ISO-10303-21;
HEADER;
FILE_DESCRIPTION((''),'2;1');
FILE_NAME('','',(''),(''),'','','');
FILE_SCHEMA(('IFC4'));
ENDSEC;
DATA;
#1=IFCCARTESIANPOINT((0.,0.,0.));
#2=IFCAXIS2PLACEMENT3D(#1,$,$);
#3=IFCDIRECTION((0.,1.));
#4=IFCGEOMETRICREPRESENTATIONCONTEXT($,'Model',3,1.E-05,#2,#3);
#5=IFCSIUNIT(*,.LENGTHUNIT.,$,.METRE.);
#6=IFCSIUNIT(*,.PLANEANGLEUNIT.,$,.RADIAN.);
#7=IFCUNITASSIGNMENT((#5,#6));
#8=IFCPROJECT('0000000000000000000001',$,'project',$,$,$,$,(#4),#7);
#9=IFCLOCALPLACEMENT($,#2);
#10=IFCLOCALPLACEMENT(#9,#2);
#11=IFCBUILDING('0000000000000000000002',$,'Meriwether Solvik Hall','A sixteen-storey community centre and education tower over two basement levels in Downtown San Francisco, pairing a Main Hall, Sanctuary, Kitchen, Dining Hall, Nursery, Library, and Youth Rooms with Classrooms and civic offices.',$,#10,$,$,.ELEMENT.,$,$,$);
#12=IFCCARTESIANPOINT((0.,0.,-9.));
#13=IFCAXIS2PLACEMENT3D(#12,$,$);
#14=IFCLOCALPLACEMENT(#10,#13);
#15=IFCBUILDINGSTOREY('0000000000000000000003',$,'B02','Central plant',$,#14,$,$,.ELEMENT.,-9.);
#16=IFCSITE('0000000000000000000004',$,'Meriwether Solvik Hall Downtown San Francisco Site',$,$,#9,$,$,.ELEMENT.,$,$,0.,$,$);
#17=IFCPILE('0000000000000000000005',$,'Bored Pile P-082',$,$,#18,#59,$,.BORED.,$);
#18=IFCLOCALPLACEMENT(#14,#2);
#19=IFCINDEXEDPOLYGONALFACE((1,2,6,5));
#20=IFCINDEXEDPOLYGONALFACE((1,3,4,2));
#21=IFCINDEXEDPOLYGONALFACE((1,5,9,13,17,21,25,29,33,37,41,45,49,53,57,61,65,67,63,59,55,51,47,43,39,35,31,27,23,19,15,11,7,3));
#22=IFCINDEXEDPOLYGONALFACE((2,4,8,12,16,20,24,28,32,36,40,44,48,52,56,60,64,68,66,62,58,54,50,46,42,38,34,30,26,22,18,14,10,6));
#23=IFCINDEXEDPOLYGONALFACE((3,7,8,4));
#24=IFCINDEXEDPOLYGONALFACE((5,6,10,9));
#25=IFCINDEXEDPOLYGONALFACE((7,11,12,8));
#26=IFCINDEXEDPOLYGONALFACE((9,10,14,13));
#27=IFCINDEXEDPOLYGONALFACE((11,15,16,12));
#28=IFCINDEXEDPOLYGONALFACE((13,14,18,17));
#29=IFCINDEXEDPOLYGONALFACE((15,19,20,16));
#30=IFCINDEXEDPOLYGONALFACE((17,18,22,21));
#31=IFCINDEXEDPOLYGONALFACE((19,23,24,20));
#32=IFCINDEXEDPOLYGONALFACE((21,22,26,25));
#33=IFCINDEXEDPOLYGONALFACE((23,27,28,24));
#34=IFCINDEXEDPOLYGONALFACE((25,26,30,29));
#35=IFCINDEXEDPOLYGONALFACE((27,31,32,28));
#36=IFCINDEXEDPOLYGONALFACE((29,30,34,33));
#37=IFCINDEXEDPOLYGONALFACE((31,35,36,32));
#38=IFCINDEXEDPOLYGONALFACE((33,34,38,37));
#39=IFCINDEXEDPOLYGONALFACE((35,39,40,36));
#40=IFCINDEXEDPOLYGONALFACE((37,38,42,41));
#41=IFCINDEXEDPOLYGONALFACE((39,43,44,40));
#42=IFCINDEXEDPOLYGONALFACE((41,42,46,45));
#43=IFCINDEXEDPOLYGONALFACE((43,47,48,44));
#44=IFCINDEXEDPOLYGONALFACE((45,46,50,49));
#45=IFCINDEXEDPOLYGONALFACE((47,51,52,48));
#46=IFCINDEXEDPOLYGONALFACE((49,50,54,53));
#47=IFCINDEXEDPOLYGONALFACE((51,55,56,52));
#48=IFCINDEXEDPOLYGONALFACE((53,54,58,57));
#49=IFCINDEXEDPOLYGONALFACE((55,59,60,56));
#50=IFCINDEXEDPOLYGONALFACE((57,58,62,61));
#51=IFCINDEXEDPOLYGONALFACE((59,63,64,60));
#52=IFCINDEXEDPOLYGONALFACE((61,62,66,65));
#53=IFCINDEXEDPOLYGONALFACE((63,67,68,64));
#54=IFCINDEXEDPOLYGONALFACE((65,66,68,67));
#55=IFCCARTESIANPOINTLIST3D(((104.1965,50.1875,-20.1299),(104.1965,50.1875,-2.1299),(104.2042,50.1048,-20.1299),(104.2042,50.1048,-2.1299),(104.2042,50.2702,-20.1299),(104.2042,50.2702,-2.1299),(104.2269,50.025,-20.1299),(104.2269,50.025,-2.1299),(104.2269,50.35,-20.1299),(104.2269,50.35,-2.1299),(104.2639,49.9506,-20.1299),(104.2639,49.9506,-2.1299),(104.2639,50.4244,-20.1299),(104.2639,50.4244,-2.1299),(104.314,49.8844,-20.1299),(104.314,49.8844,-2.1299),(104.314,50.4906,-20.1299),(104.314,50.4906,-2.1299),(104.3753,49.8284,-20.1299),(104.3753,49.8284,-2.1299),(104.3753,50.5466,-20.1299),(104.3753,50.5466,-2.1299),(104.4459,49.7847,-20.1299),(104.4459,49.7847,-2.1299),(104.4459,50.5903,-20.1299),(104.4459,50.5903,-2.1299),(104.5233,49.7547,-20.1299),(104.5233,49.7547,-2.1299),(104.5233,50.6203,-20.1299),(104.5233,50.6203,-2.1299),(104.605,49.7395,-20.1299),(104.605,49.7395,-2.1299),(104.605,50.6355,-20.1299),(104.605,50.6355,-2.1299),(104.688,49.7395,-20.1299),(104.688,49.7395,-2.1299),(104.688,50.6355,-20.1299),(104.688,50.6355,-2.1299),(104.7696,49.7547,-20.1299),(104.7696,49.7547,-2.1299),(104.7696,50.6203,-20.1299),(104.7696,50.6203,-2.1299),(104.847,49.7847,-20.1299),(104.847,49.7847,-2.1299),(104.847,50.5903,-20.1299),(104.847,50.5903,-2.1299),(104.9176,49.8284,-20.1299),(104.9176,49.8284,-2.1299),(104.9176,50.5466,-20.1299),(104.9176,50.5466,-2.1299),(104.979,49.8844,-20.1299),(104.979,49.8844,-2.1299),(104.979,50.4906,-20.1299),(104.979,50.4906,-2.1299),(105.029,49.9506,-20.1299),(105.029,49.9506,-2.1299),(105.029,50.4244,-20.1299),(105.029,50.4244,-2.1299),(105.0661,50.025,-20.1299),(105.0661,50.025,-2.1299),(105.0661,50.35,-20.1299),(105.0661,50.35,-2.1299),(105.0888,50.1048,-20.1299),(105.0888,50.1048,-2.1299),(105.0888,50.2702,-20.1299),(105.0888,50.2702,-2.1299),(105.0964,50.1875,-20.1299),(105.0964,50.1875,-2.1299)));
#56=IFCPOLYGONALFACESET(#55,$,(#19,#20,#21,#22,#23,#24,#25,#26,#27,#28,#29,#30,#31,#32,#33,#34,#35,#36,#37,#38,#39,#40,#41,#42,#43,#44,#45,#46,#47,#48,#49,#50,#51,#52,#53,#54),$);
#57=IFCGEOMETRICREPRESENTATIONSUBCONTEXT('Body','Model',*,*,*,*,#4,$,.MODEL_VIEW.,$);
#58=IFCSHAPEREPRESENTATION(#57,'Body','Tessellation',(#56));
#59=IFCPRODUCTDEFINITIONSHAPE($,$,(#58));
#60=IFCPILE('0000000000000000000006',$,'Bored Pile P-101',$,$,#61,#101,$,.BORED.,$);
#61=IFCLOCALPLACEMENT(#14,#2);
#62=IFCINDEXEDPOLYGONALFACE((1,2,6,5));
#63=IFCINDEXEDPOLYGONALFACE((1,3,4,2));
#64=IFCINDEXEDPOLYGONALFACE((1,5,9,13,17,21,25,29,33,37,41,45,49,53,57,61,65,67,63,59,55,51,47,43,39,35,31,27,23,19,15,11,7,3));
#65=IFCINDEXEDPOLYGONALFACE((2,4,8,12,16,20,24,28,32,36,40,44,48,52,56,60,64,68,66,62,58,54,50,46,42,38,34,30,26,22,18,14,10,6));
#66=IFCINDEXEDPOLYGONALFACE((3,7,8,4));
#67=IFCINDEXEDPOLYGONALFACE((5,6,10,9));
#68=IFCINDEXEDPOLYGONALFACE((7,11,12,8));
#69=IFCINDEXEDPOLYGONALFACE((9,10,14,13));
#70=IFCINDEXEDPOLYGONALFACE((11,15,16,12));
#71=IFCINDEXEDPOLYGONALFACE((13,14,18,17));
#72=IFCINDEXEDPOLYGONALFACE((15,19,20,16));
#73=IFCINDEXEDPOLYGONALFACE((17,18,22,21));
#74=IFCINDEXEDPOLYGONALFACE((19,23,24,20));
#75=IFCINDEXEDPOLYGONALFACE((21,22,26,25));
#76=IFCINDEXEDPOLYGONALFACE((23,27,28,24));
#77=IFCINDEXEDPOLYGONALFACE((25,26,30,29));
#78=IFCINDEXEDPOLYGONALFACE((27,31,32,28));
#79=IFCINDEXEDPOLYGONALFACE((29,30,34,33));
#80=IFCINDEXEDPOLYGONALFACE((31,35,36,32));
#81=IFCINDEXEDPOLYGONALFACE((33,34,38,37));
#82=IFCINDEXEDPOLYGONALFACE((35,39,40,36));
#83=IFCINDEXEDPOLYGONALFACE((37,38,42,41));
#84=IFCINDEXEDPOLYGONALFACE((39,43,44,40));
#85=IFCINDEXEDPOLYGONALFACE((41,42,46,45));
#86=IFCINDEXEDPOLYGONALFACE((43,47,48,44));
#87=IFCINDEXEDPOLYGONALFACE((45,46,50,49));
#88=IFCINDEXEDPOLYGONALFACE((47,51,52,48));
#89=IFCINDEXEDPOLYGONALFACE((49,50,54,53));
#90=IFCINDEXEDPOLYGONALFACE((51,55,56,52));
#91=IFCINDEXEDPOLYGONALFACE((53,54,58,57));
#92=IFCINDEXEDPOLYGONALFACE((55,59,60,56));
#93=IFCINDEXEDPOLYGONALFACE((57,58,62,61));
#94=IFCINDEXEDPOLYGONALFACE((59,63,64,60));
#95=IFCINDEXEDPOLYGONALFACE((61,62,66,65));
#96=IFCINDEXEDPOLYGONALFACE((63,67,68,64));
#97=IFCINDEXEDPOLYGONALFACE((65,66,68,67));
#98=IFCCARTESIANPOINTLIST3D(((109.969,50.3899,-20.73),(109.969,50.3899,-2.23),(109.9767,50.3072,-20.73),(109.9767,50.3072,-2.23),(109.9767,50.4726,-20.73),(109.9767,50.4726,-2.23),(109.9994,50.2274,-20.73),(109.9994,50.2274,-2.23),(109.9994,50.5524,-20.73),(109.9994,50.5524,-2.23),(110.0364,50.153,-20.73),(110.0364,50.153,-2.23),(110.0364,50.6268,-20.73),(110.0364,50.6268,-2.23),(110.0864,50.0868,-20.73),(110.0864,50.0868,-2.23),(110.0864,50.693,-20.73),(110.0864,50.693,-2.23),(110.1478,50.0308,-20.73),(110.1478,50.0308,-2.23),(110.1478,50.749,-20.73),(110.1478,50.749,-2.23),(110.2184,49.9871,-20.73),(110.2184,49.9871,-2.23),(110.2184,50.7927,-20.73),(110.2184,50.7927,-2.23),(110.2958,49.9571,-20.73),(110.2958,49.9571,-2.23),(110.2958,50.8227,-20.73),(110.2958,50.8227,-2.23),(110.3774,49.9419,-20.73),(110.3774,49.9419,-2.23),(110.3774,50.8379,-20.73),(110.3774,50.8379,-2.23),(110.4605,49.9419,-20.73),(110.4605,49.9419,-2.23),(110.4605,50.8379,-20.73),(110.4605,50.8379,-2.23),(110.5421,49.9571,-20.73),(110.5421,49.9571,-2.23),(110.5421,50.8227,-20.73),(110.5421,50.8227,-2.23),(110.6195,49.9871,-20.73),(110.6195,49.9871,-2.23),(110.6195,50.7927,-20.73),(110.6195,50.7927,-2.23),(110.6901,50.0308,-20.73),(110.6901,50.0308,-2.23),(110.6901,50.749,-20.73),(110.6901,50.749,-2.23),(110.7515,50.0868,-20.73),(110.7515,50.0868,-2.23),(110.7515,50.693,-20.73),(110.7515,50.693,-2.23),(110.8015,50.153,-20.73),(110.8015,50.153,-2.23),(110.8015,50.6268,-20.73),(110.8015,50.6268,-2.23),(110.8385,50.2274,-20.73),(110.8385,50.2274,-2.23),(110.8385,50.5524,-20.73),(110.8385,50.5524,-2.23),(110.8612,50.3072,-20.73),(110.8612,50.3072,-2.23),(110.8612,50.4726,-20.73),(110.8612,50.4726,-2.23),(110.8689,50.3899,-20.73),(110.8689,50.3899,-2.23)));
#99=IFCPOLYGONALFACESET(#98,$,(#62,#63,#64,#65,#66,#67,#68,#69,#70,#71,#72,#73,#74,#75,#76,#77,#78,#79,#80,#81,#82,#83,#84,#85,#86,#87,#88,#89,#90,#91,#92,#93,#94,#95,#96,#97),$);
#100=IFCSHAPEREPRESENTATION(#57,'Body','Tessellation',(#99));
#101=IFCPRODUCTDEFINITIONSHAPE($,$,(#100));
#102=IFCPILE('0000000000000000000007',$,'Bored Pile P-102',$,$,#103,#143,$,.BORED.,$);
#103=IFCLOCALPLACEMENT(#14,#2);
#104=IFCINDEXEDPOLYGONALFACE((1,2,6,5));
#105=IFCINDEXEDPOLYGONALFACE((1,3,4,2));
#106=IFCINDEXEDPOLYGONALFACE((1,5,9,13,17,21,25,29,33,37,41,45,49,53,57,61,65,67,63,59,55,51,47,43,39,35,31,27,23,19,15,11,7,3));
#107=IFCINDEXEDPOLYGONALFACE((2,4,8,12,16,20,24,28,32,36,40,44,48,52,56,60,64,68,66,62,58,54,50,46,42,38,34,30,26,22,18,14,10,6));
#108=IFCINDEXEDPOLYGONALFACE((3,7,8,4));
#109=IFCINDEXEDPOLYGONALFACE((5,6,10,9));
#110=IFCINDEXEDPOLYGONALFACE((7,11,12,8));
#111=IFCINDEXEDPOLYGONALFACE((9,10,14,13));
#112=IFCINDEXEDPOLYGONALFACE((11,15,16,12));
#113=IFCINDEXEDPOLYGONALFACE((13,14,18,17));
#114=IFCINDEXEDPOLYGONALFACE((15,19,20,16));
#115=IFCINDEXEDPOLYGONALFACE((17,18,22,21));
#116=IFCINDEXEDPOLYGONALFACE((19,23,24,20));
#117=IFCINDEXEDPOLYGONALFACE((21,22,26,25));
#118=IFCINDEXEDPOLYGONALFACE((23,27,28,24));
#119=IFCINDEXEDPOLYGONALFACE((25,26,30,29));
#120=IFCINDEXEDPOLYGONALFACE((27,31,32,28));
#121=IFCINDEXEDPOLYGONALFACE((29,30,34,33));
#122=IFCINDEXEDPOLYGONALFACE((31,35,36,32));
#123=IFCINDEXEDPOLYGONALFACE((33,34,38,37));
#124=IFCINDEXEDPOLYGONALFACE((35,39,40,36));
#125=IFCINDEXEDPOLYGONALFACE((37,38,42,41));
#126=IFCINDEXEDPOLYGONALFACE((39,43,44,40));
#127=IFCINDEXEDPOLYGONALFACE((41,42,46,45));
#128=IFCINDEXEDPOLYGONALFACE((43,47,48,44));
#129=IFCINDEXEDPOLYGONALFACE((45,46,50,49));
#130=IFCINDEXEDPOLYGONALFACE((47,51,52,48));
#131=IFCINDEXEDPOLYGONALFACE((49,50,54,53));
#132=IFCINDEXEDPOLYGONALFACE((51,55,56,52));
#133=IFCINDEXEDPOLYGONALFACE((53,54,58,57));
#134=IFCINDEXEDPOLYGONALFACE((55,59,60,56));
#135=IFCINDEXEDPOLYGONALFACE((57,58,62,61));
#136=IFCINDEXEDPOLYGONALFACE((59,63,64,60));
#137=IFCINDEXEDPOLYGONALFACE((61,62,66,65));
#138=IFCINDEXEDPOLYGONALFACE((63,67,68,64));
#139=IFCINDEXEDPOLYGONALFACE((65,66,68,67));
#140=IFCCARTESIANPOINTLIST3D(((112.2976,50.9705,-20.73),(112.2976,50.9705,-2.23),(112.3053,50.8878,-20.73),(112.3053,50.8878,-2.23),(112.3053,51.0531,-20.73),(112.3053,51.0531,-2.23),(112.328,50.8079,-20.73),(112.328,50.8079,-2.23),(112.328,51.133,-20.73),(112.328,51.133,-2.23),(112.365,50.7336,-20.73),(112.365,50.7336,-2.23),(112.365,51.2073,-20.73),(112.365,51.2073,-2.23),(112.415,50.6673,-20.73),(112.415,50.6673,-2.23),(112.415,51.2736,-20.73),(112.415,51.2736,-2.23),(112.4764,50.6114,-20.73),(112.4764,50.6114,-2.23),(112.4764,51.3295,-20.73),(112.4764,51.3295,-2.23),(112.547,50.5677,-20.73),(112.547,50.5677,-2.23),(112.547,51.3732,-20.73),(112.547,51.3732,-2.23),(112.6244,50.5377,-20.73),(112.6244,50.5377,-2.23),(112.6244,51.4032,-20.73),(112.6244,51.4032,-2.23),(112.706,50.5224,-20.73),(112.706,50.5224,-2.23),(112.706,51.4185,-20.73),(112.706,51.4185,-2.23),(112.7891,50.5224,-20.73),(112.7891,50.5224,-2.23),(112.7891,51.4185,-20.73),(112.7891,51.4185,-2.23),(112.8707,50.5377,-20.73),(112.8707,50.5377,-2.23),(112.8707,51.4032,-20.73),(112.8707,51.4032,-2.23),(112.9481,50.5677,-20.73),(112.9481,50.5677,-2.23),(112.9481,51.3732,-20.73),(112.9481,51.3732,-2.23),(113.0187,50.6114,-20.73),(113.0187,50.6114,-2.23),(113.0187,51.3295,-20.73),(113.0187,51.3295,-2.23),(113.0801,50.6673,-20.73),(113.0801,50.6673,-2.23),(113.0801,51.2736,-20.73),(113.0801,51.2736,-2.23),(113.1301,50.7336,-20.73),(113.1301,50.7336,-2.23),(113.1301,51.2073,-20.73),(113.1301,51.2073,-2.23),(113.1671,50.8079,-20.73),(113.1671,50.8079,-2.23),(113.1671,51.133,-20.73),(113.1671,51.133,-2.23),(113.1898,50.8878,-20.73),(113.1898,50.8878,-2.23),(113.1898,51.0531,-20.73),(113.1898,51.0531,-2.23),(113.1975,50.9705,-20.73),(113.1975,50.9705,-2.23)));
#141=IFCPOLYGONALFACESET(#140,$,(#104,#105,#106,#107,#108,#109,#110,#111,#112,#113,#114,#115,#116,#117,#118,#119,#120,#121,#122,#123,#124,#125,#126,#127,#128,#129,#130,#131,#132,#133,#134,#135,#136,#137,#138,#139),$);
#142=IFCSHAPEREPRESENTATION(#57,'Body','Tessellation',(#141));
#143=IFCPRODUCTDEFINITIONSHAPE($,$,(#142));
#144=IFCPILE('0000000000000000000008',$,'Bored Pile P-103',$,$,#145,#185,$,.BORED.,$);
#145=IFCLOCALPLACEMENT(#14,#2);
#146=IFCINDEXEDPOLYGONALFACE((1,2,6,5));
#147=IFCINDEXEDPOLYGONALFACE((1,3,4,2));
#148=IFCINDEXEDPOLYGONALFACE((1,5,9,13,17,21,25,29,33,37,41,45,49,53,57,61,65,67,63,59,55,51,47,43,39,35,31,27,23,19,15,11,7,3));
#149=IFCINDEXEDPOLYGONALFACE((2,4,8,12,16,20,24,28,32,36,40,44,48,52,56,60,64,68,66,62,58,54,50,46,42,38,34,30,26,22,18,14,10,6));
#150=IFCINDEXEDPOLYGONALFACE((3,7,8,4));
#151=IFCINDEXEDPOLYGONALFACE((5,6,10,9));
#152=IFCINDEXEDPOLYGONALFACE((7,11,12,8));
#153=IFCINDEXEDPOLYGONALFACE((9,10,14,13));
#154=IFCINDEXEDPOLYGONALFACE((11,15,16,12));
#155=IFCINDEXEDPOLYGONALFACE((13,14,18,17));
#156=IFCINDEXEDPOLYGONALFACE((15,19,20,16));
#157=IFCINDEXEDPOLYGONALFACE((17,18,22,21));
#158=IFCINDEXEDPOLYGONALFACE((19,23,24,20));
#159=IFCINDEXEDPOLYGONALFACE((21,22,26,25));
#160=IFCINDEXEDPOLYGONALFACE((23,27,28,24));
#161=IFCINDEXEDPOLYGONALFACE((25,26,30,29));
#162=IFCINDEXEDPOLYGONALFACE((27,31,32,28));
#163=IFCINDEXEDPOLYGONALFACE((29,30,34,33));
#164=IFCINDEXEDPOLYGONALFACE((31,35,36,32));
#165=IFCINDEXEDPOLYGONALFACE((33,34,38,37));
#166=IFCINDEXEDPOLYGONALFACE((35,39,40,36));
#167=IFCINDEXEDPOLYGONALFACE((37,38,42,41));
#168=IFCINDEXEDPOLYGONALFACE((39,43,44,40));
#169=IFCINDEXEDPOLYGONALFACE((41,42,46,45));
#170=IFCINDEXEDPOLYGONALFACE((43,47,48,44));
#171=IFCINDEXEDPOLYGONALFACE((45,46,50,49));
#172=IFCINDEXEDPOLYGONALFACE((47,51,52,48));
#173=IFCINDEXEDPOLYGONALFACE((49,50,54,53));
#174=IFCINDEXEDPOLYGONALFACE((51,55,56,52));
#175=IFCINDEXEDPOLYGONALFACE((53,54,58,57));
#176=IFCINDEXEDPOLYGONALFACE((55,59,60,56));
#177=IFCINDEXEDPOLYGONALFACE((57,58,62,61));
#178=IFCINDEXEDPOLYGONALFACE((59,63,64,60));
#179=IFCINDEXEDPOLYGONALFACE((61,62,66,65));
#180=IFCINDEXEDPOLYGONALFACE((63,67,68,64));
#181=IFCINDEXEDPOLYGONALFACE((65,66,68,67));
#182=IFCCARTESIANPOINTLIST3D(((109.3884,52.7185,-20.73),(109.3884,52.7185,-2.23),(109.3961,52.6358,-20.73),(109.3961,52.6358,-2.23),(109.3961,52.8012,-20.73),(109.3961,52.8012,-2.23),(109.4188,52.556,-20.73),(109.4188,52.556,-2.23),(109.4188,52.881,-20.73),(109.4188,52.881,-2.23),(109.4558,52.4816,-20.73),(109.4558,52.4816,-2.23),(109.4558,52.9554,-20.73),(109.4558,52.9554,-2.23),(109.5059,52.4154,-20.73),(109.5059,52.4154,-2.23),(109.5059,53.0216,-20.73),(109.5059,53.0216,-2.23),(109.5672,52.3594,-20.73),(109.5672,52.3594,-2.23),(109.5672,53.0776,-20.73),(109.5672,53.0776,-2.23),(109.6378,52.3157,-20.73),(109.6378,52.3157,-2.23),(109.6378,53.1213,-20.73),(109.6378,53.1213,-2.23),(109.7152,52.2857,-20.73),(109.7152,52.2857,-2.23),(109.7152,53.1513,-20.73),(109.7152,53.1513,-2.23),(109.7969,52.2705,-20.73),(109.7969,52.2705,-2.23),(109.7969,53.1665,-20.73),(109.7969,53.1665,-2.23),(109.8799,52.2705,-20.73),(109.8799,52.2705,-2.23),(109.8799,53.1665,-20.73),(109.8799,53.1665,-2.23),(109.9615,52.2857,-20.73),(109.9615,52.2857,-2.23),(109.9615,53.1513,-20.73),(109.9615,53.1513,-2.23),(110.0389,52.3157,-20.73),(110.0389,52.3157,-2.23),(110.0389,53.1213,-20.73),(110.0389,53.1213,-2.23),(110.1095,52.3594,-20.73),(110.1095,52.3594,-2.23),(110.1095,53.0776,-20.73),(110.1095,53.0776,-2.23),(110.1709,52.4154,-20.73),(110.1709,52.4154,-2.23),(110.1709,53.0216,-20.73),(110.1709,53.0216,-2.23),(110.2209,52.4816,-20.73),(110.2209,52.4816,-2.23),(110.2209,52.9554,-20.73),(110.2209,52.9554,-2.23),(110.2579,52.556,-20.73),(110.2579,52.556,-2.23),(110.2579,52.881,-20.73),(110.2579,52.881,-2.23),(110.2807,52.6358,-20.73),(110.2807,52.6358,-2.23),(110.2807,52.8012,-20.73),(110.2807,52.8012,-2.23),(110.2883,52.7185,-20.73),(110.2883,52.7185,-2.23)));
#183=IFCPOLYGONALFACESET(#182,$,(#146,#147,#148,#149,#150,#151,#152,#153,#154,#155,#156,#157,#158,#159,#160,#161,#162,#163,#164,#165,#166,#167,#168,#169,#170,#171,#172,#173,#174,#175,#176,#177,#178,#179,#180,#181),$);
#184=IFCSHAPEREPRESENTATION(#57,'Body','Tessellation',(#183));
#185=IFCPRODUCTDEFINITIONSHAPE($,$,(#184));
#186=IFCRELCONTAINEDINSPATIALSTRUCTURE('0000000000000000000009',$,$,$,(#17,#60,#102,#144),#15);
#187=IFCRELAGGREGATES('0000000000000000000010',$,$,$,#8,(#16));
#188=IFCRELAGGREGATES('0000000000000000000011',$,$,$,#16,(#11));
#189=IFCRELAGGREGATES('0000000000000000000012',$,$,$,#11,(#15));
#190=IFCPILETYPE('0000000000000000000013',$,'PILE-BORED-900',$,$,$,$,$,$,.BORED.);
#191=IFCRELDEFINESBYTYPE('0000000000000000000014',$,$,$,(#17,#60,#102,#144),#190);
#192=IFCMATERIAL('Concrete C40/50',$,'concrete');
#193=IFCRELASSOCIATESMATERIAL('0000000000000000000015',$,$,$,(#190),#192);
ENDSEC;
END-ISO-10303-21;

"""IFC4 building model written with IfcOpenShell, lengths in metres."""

from ifc_helpers import new_model, si_unit, direction, frame, origin, origin_2d, place, context, subcontext, project, spatial, circle, extrude, material, material_profile, profile_set, type_object, element, save


model = new_model("IFC4")

# Units and contexts
model_context = context("Model", 3, precision=1e-05, world=origin(), true_north=direction((0.0, 1.0)))
body_context = subcontext(model_context, "Body", "Model", "MODEL_VIEW")
ifc_project = project(units=[si_unit("LENGTHUNIT", "METRE"), si_unit("PLANEANGLEUNIT", "RADIAN")], contexts=[model_context])

# Site, building, storey
site_placement = place(None, origin())
site = spatial("IfcSite", under=ifc_project, at=site_placement, Name="Meriwether Solvik Hall Downtown San Francisco Site", CompositionType="ELEMENT", RefElevation=0.0)
building_placement = place(site_placement, origin())
building = spatial("IfcBuilding", under=site, at=building_placement, Name="Meriwether Solvik Hall", Description="A sixteen-storey community centre and education tower over two basement levels in Downtown San Francisco, pairing a Main Hall, Sanctuary, Kitchen, Dining Hall, Nursery, Library, and Youth Rooms with Classrooms and civic offices.", CompositionType="ELEMENT")
storey_placement = place(building_placement, frame((0.0, 0.0, -9.0)))
storey = spatial("IfcBuildingStorey", under=building, at=storey_placement, Name="B02", Description="Central plant", CompositionType="ELEMENT", Elevation=-9.0)

# Piles
ifc_material_1 = material(Name="Concrete C40/50", Category="concrete")
ifc_material_profile_1 = material_profile(ifc_material_1, circle(Radius=0.45, at=origin_2d()), Name="PILE-D900")
ifc_profile_set_1 = profile_set([ifc_material_profile_1], Name="Concrete C40/50")
pile_type_1 = type_object("IfcPileType", Name="PILE-BORED-900", PredefinedType="BORED", material=ifc_profile_set_1)
for number, where, z_axis, x_axis, name in (
    (1, (104.6465, 50.1875, -2.1299), (0.0, 0.0, -1.0), (1.0, 0.0, 0.0), "Bored Pile P-082"),
):
    element("IfcPile", number, at=place(storey_placement, frame(where, z_axis=z_axis, x_axis=x_axis)), inside=storey, type_object=pile_type_1, Name=name, PredefinedType="BORED", context=body_context, shape_type="SweptSolid", body=[
        extrude(circle(Radius=0.45, at=origin_2d()), origin(), (0.0, 0.0, 1.0), 18.0),
    ])
for number, where, z_axis, x_axis, name in (
    (2, (110.4189, 50.3899, -2.23), (0.0, 0.0, -1.0), (1.0, 0.0, 0.0), "Bored Pile P-101"),
    (3, (112.7476, 50.9705, -2.23), (0.0, 0.0, -1.0), (1.0, 0.0, 0.0), "Bored Pile P-102"),
    (4, (109.8384, 52.7185, -2.23), (0.0, 0.0, -1.0), (1.0, 0.0, 0.0), "Bored Pile P-103"),
):
    element("IfcPile", number, at=place(storey_placement, frame(where, z_axis=z_axis, x_axis=x_axis)), inside=storey, type_object=pile_type_1, Name=name, PredefinedType="BORED", context=body_context, shape_type="SweptSolid", body=[
        extrude(circle(Radius=0.45, at=origin_2d()), origin(), (0.0, 0.0, 1.0), 18.5),
    ])

save(model, "model.ifc")
